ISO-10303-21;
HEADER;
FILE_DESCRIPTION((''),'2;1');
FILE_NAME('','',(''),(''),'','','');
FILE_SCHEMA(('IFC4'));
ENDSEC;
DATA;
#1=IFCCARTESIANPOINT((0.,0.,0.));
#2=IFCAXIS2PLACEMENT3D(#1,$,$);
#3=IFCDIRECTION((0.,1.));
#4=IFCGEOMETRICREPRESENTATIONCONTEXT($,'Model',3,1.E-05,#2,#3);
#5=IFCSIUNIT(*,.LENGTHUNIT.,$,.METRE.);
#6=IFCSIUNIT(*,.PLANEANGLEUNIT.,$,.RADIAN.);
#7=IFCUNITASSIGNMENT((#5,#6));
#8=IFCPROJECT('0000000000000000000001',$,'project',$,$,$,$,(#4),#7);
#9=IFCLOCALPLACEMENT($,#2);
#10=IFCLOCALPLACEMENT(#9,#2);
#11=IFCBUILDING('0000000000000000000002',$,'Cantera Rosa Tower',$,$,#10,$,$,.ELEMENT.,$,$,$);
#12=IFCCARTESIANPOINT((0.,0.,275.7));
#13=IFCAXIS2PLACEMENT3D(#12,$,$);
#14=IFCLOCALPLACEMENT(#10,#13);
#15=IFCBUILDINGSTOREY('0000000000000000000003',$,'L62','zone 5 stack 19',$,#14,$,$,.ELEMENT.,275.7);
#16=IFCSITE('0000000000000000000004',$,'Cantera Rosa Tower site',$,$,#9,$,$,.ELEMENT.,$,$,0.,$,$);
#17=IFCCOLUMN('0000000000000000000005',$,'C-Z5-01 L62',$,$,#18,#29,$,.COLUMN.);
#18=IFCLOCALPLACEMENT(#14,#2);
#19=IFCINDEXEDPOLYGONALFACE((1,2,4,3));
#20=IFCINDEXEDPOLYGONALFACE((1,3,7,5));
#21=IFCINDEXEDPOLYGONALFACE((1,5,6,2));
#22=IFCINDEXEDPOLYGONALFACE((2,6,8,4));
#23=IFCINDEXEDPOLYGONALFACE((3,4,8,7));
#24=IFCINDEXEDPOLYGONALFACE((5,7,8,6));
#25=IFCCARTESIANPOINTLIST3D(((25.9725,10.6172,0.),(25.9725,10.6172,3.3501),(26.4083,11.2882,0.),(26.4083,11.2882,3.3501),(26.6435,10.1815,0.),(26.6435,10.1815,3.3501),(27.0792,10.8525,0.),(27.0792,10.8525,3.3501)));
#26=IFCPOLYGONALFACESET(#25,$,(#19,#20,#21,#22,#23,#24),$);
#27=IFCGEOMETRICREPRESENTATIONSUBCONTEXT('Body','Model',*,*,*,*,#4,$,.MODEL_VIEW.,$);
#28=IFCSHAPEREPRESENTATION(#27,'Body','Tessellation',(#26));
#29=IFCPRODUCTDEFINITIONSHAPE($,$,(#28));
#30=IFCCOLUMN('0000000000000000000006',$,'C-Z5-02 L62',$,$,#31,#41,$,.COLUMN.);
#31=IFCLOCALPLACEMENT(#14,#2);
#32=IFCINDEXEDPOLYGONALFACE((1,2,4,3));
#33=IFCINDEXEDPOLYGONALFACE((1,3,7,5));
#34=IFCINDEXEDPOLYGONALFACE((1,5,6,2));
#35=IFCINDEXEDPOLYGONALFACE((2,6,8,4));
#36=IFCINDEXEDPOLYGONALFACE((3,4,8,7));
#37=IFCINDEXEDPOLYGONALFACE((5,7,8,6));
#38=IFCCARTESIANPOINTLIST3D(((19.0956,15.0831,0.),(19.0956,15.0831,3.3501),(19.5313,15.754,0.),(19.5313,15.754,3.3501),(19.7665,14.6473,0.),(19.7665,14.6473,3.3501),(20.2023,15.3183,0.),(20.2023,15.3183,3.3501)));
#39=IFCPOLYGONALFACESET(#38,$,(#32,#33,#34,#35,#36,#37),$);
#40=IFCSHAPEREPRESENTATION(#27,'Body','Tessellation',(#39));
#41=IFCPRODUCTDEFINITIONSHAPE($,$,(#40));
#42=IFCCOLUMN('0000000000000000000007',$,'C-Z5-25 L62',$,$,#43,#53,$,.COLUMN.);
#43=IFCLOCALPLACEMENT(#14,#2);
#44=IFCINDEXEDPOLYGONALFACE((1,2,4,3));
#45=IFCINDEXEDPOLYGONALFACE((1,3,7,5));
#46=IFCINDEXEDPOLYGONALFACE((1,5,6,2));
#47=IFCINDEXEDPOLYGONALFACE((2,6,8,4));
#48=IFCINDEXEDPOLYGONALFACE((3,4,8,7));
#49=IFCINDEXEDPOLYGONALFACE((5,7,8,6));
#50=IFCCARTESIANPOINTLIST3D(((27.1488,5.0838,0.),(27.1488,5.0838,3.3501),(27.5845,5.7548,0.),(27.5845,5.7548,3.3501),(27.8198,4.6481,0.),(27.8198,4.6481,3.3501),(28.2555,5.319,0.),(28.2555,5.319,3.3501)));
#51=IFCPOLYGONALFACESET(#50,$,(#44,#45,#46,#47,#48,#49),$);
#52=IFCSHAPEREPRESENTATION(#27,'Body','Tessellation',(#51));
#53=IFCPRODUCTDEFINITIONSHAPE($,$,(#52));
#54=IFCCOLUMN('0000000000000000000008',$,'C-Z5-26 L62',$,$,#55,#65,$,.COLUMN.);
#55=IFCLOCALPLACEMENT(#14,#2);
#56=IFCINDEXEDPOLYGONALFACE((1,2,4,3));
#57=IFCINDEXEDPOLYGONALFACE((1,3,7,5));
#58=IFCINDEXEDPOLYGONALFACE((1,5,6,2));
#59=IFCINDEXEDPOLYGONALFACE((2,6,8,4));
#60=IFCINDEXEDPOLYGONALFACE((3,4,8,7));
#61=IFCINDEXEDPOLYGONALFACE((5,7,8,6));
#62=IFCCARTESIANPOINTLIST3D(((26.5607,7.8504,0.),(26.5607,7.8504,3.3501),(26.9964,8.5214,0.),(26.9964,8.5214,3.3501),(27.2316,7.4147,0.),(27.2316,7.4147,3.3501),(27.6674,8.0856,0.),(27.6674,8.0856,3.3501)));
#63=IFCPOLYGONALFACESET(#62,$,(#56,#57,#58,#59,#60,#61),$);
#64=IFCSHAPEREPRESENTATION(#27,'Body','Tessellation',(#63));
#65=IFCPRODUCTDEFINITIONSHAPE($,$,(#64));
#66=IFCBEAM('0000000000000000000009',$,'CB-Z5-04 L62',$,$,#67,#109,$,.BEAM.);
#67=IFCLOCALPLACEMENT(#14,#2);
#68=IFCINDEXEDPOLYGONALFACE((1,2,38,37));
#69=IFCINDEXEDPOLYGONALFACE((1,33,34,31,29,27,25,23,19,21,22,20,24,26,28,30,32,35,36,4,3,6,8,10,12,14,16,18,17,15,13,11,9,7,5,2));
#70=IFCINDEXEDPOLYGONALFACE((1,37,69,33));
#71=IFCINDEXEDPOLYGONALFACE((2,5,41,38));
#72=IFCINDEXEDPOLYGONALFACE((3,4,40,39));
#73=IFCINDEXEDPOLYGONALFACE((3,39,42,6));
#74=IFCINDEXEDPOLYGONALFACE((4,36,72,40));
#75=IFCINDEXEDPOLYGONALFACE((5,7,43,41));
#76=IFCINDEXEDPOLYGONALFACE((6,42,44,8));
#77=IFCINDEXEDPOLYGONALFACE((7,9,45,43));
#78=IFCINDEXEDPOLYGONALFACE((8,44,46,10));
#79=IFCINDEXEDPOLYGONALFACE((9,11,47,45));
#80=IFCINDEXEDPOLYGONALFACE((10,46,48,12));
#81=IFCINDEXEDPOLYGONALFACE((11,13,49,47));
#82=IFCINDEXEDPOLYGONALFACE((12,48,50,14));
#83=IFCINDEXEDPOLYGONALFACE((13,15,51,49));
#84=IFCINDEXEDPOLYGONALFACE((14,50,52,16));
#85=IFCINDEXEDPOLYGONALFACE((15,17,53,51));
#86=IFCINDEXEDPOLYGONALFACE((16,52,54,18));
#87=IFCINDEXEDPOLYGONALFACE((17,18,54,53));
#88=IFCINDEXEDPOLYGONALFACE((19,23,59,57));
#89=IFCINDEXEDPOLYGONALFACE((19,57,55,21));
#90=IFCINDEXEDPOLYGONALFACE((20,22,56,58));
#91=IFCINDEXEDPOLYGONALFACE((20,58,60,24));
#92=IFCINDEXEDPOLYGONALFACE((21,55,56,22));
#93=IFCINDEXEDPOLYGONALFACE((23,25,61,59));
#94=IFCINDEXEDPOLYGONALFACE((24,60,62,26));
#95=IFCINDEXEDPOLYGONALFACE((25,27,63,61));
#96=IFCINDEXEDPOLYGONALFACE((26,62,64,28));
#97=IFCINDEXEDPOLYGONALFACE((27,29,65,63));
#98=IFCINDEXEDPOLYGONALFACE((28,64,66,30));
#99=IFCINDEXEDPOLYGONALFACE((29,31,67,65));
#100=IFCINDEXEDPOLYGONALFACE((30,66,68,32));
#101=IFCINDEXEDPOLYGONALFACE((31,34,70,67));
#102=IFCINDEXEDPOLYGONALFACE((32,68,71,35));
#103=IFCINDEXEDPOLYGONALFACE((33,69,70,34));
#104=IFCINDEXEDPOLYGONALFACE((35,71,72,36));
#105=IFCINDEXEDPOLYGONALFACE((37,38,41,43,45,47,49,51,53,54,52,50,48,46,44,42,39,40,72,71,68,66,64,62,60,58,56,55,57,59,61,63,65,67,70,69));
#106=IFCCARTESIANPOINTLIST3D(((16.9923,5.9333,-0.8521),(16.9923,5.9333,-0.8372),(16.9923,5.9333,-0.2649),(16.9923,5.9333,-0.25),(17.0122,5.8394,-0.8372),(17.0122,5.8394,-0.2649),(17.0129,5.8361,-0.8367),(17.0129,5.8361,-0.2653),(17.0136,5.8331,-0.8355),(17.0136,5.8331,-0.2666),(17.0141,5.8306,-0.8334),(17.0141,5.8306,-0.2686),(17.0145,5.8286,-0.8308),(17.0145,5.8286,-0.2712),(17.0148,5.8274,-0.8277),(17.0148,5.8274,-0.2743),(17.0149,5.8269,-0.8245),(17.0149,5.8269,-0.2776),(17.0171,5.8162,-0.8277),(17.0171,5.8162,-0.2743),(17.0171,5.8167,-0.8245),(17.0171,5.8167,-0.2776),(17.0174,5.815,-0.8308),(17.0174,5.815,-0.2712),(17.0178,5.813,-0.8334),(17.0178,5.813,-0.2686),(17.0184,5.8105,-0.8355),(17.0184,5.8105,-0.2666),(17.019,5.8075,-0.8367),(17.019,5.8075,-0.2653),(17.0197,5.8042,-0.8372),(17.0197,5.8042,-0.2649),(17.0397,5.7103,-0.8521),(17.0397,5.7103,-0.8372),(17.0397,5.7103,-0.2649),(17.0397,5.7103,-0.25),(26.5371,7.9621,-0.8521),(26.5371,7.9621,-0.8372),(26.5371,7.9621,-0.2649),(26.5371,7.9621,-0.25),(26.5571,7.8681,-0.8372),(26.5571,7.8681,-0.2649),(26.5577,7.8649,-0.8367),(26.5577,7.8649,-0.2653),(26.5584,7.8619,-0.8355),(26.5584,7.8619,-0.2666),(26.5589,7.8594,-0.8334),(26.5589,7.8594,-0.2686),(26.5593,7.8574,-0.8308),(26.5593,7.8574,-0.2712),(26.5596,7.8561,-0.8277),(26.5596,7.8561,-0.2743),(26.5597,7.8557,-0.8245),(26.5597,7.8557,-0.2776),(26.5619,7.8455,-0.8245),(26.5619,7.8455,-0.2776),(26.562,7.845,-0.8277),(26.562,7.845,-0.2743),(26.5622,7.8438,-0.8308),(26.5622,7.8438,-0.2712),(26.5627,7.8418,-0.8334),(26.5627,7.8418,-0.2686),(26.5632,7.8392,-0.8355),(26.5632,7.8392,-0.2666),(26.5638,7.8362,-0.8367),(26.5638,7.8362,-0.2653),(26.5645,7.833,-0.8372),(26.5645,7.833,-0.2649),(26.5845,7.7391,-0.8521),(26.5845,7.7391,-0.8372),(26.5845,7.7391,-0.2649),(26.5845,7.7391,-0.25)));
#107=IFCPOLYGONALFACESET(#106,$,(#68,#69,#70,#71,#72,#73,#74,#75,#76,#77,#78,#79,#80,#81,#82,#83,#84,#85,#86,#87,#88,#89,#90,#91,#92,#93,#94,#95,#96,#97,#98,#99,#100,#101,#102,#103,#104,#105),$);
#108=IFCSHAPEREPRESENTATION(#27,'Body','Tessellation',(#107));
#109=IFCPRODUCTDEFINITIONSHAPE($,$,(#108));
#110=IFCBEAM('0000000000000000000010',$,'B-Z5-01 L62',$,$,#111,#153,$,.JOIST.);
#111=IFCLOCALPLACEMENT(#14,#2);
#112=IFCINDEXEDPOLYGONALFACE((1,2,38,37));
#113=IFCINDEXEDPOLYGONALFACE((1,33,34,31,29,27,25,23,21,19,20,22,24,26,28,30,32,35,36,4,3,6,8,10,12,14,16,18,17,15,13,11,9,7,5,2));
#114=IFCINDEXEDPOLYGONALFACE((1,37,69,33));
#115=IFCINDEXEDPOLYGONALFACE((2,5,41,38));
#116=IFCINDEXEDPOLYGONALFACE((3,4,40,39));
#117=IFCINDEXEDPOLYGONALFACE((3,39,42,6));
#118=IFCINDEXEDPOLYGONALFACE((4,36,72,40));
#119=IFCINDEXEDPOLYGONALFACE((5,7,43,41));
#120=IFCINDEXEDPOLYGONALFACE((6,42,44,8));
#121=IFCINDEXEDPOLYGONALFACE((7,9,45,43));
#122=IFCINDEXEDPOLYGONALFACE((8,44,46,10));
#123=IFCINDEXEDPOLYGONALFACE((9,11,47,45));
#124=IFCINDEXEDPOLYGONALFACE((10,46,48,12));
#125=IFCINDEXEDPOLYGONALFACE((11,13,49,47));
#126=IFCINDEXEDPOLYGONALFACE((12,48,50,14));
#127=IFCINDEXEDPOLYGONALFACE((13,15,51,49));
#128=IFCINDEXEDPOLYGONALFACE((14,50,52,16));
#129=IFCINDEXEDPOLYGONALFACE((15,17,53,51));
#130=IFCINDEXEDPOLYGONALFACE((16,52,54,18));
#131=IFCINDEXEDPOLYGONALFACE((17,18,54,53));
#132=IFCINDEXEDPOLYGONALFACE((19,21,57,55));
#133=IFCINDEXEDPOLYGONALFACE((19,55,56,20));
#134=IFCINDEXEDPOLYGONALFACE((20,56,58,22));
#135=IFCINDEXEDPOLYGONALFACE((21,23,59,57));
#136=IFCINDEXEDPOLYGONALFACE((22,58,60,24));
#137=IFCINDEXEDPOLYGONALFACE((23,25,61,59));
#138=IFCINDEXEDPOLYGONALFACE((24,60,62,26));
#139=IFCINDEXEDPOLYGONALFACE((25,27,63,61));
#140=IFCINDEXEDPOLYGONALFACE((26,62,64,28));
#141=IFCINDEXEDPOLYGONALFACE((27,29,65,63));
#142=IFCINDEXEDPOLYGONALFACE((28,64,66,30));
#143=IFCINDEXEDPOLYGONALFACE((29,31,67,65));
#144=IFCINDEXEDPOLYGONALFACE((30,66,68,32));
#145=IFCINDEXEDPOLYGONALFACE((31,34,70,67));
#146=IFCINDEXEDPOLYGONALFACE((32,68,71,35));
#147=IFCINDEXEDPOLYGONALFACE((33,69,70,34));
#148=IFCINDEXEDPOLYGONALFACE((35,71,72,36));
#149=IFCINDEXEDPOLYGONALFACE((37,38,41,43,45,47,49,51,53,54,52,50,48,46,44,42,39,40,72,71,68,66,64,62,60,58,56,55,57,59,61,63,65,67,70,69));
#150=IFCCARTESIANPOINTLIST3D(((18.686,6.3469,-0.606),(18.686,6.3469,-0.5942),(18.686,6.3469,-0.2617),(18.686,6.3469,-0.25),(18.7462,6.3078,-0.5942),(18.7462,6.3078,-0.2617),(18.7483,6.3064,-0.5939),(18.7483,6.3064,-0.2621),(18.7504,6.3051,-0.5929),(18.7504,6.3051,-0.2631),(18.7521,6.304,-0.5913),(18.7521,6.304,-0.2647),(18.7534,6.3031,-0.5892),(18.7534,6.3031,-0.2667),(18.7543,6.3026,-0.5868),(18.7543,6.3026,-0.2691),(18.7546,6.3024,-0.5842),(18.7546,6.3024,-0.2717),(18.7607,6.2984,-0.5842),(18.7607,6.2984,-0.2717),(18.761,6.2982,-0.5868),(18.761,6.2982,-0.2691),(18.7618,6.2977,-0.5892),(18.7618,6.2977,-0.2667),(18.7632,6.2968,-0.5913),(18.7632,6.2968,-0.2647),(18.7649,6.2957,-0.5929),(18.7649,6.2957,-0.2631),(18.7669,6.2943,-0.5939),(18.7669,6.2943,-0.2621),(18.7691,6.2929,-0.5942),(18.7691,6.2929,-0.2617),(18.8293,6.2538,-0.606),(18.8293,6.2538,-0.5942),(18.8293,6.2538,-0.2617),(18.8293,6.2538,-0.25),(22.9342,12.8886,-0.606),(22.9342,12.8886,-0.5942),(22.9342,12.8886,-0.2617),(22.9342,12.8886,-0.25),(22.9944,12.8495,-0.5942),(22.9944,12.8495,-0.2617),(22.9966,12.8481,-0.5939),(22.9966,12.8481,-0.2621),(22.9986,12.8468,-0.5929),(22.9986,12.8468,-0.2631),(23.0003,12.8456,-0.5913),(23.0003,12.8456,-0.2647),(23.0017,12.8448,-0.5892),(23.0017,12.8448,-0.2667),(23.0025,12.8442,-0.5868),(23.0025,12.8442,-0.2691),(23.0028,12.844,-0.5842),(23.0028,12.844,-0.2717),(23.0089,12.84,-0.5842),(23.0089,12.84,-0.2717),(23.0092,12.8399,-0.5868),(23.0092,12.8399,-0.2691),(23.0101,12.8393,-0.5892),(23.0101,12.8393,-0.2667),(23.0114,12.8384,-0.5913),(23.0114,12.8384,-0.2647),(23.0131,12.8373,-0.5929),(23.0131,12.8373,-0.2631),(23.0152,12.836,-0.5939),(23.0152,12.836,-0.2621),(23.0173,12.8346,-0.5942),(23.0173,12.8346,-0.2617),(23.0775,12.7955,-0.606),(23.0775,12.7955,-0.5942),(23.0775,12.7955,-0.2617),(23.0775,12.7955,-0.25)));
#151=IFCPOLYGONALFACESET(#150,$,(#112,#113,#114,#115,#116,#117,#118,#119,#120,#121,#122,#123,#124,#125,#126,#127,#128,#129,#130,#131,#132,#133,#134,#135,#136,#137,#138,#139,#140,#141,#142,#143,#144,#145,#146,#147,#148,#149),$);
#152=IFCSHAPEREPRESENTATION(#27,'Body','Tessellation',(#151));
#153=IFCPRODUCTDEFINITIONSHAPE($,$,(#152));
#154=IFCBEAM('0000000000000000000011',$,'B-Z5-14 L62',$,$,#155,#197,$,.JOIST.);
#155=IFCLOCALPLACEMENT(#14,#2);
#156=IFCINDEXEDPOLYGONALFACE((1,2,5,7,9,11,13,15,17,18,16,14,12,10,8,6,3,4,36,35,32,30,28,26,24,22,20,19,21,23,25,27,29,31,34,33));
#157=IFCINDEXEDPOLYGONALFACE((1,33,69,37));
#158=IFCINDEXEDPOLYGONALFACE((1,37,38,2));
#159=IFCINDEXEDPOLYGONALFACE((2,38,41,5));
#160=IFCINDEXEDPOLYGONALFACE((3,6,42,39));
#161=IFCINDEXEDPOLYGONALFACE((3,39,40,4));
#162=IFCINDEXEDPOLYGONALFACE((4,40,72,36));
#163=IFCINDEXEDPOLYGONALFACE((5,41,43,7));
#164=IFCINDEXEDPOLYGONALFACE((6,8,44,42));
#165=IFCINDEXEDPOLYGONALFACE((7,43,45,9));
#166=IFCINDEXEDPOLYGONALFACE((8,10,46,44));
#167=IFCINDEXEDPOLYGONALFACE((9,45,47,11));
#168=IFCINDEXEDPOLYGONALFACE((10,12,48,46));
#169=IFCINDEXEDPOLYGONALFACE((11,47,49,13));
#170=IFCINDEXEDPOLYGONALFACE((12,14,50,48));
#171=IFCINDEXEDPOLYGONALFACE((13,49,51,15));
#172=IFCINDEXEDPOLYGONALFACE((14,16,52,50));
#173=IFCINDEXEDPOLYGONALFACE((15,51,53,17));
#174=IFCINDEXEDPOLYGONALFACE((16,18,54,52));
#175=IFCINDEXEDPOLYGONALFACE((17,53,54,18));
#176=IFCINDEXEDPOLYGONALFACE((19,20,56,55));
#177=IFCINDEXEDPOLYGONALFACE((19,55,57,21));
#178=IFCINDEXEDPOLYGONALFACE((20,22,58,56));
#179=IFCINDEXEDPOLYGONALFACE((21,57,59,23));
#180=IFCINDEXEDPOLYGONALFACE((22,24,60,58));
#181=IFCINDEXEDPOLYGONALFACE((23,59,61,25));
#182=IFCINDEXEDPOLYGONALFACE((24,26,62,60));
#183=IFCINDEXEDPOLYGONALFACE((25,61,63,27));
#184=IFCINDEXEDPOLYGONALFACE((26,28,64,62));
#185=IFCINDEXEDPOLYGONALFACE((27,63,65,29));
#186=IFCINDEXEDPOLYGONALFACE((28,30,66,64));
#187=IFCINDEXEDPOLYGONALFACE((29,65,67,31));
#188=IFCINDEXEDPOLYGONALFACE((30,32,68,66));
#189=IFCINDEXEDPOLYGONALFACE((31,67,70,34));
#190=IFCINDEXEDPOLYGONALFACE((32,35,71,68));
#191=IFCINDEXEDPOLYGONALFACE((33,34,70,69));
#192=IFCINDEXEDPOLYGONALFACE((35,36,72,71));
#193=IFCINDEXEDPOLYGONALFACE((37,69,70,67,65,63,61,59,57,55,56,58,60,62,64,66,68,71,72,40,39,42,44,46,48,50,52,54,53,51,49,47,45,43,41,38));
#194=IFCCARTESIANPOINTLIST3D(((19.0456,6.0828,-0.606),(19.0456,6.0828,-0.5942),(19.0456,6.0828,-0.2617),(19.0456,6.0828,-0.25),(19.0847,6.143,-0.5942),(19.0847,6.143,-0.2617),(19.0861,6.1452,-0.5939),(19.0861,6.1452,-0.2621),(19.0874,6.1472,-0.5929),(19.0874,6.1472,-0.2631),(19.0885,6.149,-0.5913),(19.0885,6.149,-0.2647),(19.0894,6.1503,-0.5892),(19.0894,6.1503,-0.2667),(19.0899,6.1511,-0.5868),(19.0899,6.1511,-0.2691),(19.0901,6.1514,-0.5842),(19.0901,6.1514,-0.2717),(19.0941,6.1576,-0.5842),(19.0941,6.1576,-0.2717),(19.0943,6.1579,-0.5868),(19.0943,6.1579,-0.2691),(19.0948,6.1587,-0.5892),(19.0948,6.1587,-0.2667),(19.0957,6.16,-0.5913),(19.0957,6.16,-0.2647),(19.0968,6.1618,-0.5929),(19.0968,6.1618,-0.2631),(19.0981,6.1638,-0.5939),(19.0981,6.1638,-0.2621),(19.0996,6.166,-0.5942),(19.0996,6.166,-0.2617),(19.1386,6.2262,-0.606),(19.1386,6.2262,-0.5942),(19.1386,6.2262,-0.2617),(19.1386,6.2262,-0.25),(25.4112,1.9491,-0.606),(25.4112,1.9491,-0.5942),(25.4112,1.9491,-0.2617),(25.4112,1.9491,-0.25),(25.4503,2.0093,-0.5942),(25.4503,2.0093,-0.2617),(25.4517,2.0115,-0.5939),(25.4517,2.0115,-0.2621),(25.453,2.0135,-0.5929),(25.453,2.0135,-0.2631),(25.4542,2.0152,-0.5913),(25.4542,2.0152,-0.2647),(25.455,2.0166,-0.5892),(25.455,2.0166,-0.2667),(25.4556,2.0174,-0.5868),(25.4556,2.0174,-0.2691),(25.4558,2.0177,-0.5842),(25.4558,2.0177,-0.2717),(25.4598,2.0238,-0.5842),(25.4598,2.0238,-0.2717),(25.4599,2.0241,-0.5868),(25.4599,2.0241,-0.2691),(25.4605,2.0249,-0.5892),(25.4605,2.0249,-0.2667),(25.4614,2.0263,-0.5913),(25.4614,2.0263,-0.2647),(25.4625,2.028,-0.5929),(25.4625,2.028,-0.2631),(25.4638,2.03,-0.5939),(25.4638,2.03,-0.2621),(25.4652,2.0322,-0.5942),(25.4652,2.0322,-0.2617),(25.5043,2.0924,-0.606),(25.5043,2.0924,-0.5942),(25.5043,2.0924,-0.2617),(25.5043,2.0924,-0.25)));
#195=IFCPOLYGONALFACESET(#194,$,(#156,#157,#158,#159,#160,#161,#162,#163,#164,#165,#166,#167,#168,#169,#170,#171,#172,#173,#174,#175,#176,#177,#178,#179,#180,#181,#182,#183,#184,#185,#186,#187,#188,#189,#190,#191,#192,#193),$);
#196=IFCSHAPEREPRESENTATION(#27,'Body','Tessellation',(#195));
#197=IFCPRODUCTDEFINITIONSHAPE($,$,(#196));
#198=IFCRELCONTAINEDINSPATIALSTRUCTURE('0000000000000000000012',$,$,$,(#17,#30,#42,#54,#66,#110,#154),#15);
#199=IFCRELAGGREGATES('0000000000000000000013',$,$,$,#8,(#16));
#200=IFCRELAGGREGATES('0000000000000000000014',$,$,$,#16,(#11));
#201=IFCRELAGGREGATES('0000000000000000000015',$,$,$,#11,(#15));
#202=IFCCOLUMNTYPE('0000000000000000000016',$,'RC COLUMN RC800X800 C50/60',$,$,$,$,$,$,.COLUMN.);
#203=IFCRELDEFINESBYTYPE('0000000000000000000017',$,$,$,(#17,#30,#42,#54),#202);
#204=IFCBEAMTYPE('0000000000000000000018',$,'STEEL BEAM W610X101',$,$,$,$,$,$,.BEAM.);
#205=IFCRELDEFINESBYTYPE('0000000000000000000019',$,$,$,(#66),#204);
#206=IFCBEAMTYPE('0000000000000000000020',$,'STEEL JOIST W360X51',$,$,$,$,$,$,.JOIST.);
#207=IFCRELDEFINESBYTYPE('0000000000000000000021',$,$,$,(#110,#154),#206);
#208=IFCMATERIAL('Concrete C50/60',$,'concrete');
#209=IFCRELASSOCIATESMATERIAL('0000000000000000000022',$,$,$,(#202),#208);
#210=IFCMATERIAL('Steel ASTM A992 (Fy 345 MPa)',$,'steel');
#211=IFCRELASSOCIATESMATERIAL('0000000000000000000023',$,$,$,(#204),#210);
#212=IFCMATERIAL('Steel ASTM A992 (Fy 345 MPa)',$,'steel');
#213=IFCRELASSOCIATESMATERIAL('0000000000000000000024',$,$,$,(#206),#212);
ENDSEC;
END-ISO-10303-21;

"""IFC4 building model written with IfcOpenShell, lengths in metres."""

from ifc_helpers import new_model, si_unit, direction, frame, origin, origin_2d, place, context, subcontext, project, spatial, rectangle, i_section, extrude, material, material_profile, profile_set, type_object, element, save


model = new_model("IFC4")

# Units and contexts
model_context = context("Model", 3, precision=1e-05, world=origin(), true_north=direction((0.0, 1.0)))
body_context = subcontext(model_context, "Body", "Model", "MODEL_VIEW")
ifc_project = project(units=[si_unit("LENGTHUNIT", "METRE"), si_unit("PLANEANGLEUNIT", "RADIAN")], contexts=[model_context])

# Site, building, storey
site_placement = place(None, origin())
site = spatial("IfcSite", under=ifc_project, at=site_placement, Name="Cantera Rosa Tower site", CompositionType="ELEMENT", RefElevation=0.0)
building_placement = place(site_placement, origin())
building = spatial("IfcBuilding", under=site, at=building_placement, Name="Cantera Rosa Tower", CompositionType="ELEMENT")
storey_placement = place(building_placement, frame((0.0, 0.0, 275.7)))
storey = spatial("IfcBuildingStorey", under=building, at=storey_placement, Name="L62", Description="zone 5 stack 19", CompositionType="ELEMENT", Elevation=275.7)

# Columns
ifc_material_1 = material(Name="Concrete C50/60", Category="concrete")
ifc_material_profile_1 = material_profile(ifc_material_1, rectangle(XDim=0.8, YDim=0.8, at=origin_2d()), Name="RC COLUMN RC800X800 C50/60")
ifc_profile_set_1 = profile_set([ifc_material_profile_1], Name="Concrete C50/60")
column_type = type_object("IfcColumnType", Name="RC COLUMN RC800X800 C50/60", PredefinedType="COLUMN", material=ifc_profile_set_1)
for number, where, z_axis, x_axis, name in (
    (1, (26.5259, 10.7349, 0.0), (0.0, 0.0, 1.0), (0.544639, 0.838671, 0.0), "C-Z5-01 L62"),
    (2, (19.6489, 15.2007, 0.0), (0.0, 0.0, 1.0), (0.544639, 0.838671, 0.0), "C-Z5-02 L62"),
    (3, (27.7021, 5.2014, 0.0), (0.0, 0.0, 1.0), (0.544639, 0.838671, 0.0), "C-Z5-25 L62"),
    (4, (27.114, 7.968, 0.0), (0.0, 0.0, 1.0), (0.544639, 0.838671, 0.0), "C-Z5-26 L62"),
):
    element("IfcColumn", number, at=place(storey_placement, frame(where, z_axis=z_axis, x_axis=x_axis)), inside=storey, type_object=column_type, Name=name, PredefinedType="COLUMN", context=body_context, shape_type="SweptSolid", body=[
        extrude(rectangle(XDim=0.8, YDim=0.8, at=origin_2d()), origin(), (0.0, 0.0, 1.0), 3.3501),
    ])

# Beams
ifc_material_2 = material(Name="Steel ASTM A992 (Fy 345 MPa)", Category="steel")
ifc_material_profile_2 = material_profile(ifc_material_2, i_section(OverallWidth=0.228, OverallDepth=0.6021, WebThickness=0.0105, FlangeThickness=0.0149, FilletRadius=0.0127, at=origin_2d()), Name="W610X101")
ifc_profile_set_2 = profile_set([ifc_material_profile_2], Name="Steel ASTM A992 (Fy 345 MPa)")
beam_type_1 = type_object("IfcBeamType", Name="STEEL BEAM W610X101", PredefinedType="BEAM", material=ifc_profile_set_2)
beam_1_placement = place(storey_placement, frame((26.5608, 7.8506, -0.551), z_axis=(-0.978148, -0.207909, 0.0), x_axis=(0.207909, -0.978148, 0.0)))
element("IfcBeam", 5, at=beam_1_placement, inside=storey, type_object=beam_type_1, Name="CB-Z5-04 L62", PredefinedType="BEAM", context=body_context, shape_type="SweptSolid", body=[
    extrude(i_section(OverallWidth=0.228, OverallDepth=0.6021, WebThickness=0.0105, FlangeThickness=0.0149, FilletRadius=0.0127, at=origin_2d()), origin(), (0.0, 0.0, 1.0), 9.7581),
])
ifc_material_3 = material(Name="Steel ASTM A992 (Fy 345 MPa)", Category="steel")
ifc_material_profile_3 = material_profile(ifc_material_3, i_section(OverallWidth=0.1709, OverallDepth=0.356, WebThickness=0.0073, FlangeThickness=0.0117, FilletRadius=0.01, at=origin_2d()), Name="W360X51")
ifc_profile_set_3 = profile_set([ifc_material_profile_3], Name="Steel ASTM A992 (Fy 345 MPa)")
beam_type_2 = type_object("IfcBeamType", Name="STEEL JOIST W360X51", PredefinedType="JOIST", material=ifc_profile_set_3)
beam_2_placement = place(storey_placement, frame((23.0059, 12.842, -0.428), z_axis=(-0.544642, -0.838669, 0.0), x_axis=(0.838669, -0.544642, 0.0)))
element("IfcBeam", 6, at=beam_2_placement, inside=storey, type_object=beam_type_2, Name="B-Z5-01 L62", PredefinedType="JOIST", context=body_context, shape_type="SweptSolid", body=[
    extrude(i_section(OverallWidth=0.1709, OverallDepth=0.356, WebThickness=0.0073, FlangeThickness=0.0117, FilletRadius=0.01, at=origin_2d()), origin(), (0.0, 0.0, 1.0), 7.8),
])
beam_3_placement = place(storey_placement, frame((25.4578, 2.0208, -0.428), z_axis=(-0.83868, 0.544624, 0.0), x_axis=(-0.544624, -0.83868, 0.0)))
element("IfcBeam", 7, at=beam_3_placement, inside=storey, type_object=beam_type_2, Name="B-Z5-14 L62", PredefinedType="JOIST", context=body_context, shape_type="SweptSolid", body=[
    extrude(i_section(OverallWidth=0.1709, OverallDepth=0.356, WebThickness=0.0073, FlangeThickness=0.0117, FilletRadius=0.01, at=origin_2d()), origin(), (0.0, 0.0, 1.0), 7.5901),
])

save(model, "model.ifc")
